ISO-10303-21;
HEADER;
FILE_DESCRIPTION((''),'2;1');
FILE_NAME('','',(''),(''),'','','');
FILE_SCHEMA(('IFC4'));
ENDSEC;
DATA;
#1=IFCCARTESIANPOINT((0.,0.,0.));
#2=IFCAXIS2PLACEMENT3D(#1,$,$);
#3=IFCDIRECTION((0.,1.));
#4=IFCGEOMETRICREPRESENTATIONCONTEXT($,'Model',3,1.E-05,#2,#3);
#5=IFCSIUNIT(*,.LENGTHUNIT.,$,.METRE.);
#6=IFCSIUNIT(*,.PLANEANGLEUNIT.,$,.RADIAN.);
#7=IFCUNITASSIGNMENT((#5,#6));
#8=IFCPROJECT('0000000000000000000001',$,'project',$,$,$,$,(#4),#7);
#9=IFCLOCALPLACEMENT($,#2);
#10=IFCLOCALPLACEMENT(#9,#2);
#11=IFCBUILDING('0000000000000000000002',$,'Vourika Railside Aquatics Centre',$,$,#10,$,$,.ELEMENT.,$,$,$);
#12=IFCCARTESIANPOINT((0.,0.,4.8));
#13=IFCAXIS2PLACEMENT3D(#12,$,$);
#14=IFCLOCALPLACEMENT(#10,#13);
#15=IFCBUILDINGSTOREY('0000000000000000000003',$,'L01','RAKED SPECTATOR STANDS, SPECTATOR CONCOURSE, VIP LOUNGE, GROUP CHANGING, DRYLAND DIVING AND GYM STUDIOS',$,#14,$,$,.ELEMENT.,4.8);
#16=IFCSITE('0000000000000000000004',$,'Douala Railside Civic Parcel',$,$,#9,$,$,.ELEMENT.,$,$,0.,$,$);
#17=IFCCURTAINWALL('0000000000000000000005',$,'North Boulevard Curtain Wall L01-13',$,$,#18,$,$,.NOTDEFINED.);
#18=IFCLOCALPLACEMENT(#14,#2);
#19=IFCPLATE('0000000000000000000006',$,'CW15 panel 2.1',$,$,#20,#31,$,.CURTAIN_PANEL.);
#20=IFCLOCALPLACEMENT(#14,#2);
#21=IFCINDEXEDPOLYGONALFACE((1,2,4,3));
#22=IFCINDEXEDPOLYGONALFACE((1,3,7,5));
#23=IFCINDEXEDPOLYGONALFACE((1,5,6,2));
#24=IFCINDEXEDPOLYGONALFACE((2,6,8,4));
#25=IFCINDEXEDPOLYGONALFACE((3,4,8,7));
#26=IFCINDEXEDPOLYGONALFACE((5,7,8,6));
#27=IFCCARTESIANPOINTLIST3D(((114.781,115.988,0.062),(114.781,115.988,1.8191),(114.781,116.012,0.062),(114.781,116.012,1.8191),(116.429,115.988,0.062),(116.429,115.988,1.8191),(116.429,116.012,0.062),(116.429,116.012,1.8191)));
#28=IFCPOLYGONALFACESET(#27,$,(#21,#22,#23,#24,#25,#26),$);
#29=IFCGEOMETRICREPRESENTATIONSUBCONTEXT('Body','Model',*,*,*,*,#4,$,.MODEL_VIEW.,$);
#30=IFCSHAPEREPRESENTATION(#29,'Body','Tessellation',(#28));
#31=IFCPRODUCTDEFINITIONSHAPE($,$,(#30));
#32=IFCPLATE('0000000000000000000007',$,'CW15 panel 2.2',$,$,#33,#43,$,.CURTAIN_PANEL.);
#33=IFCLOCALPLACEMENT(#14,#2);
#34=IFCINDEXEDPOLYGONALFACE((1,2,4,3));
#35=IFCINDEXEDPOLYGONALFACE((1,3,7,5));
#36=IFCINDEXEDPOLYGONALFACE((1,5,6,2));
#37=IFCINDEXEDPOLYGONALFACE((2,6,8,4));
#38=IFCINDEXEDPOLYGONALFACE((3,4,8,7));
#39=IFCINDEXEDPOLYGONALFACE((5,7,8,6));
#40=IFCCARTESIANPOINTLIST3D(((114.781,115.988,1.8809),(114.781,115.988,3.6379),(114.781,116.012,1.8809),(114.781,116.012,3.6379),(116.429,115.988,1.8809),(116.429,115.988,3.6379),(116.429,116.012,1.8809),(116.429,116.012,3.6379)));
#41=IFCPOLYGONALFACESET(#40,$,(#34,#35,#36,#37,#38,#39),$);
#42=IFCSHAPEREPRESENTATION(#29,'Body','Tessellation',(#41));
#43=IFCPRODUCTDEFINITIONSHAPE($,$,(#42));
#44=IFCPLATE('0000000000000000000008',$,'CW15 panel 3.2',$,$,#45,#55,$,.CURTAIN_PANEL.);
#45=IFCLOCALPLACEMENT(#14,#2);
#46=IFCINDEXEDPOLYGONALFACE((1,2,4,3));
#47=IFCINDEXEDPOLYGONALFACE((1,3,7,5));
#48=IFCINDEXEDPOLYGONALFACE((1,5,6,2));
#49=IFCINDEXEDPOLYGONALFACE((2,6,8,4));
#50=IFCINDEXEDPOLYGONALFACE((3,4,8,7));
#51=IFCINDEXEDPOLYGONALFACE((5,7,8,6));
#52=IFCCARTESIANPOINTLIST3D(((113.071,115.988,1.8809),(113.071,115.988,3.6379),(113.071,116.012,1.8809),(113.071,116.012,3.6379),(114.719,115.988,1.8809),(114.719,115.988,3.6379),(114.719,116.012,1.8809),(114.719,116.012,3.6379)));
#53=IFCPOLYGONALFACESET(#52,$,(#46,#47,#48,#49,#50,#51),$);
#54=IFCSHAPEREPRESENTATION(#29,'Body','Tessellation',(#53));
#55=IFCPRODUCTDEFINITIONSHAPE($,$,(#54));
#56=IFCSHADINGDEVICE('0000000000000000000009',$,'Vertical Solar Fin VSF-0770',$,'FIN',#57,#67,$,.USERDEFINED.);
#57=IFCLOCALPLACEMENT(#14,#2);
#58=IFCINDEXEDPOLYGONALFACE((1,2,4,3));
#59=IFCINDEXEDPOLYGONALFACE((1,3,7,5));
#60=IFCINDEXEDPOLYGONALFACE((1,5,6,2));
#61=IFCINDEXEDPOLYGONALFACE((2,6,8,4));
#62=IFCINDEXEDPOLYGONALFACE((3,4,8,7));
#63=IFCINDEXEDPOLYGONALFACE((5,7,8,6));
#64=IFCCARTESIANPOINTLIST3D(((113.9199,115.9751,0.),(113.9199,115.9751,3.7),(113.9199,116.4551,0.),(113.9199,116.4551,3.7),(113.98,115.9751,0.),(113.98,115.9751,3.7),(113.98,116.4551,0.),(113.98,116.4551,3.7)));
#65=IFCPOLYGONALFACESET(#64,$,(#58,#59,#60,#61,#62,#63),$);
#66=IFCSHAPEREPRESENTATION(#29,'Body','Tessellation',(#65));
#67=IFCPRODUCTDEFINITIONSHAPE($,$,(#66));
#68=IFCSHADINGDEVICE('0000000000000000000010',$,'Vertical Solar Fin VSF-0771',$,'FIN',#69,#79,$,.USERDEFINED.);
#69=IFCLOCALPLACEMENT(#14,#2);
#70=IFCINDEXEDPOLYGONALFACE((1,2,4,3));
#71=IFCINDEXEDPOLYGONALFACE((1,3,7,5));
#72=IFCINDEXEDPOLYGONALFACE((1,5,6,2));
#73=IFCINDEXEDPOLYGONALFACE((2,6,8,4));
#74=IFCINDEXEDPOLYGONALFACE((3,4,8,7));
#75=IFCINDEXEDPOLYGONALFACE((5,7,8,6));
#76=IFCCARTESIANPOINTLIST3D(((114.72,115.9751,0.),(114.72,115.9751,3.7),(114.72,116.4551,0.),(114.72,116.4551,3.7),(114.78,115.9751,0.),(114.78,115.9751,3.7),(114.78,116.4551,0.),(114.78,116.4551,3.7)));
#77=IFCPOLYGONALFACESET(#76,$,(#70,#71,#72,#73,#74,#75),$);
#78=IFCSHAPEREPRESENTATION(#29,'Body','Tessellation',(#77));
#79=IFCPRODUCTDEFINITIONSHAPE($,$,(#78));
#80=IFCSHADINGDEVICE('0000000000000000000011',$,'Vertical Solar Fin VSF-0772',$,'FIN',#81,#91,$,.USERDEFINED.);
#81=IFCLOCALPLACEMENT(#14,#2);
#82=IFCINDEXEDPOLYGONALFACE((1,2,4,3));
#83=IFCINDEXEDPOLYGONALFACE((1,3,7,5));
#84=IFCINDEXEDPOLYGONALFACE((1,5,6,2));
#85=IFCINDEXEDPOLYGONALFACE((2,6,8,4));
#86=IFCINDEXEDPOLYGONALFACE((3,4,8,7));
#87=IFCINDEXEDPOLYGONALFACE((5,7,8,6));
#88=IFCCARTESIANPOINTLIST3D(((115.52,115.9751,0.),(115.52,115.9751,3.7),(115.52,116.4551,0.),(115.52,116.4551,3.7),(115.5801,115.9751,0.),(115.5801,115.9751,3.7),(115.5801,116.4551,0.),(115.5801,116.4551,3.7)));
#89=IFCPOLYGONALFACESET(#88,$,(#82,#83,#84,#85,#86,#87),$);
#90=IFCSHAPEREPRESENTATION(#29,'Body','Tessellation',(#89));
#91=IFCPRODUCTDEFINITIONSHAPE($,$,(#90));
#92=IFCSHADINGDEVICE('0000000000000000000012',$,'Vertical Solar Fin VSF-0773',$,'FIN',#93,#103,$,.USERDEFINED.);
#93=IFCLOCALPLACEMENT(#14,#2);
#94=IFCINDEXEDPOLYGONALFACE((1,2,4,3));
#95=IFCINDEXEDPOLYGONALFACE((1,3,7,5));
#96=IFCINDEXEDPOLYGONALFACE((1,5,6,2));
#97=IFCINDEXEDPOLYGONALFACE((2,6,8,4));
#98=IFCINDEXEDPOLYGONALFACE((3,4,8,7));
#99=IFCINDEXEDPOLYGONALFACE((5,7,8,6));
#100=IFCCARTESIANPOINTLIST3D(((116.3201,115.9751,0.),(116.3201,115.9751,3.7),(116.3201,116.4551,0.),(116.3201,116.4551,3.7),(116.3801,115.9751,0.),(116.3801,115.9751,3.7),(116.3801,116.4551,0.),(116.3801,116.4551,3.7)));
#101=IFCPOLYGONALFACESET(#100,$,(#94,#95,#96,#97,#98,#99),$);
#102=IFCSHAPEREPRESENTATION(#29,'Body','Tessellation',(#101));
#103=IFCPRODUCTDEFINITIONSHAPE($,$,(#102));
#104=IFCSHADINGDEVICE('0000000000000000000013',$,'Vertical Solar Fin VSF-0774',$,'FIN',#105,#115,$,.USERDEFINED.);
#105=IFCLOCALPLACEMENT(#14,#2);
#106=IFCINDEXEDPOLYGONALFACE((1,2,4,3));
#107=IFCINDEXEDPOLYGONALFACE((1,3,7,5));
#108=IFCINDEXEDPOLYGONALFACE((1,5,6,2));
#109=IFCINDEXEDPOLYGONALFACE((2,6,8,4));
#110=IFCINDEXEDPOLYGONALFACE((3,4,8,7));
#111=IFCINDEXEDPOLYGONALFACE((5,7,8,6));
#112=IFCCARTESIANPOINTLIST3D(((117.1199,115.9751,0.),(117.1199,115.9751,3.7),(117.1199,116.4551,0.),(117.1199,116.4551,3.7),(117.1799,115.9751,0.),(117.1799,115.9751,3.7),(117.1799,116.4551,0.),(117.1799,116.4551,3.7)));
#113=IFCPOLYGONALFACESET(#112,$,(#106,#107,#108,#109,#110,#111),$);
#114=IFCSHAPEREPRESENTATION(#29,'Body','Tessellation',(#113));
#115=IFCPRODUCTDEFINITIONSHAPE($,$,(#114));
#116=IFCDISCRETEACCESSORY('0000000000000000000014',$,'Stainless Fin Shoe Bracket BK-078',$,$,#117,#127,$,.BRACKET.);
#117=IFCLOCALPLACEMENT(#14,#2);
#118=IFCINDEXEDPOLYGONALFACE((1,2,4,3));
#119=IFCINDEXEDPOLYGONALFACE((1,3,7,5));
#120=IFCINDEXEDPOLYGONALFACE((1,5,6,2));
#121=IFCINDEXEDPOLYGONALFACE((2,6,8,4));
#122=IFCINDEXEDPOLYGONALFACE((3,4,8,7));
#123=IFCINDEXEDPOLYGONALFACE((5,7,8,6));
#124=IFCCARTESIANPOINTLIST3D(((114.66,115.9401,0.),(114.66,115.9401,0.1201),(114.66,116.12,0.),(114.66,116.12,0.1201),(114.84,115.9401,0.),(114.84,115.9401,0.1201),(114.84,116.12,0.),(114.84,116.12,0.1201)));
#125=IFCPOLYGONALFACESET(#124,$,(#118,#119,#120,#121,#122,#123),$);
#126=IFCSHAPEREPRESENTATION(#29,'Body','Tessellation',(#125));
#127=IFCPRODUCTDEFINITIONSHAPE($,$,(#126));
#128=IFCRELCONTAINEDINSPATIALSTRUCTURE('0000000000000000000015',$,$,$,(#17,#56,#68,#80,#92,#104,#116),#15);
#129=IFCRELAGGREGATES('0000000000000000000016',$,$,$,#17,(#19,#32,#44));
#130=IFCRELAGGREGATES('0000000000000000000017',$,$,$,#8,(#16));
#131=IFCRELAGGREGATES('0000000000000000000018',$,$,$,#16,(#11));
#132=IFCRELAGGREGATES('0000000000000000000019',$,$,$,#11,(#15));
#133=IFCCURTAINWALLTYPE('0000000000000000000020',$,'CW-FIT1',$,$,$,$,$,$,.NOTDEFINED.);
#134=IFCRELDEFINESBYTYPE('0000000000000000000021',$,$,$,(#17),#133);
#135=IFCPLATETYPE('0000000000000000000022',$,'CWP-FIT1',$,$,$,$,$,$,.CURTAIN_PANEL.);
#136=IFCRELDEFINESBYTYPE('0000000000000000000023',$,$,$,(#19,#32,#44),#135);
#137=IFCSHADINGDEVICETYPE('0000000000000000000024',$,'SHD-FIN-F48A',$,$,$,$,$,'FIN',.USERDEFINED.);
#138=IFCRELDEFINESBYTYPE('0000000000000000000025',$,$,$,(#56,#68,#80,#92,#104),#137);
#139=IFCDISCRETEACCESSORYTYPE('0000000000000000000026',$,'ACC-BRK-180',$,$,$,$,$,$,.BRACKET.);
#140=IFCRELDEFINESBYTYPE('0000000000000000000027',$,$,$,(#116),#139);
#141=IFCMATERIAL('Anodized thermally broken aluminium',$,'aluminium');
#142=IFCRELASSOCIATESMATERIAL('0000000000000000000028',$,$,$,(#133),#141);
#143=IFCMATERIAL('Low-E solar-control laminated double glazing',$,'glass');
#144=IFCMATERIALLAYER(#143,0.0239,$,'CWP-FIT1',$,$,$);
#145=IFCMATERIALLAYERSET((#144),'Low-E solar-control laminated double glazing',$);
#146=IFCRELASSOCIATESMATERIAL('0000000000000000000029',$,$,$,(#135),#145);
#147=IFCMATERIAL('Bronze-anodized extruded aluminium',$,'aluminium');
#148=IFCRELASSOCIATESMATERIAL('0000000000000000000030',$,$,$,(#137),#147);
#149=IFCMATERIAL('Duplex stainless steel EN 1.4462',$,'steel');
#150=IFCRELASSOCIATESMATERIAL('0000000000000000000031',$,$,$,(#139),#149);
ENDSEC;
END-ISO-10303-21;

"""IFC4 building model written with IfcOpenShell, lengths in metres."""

from ifc_helpers import new_model, si_unit, direction, frame, origin, origin_2d, place, context, subcontext, project, spatial, rectangle, extrude, material, layer, layer_set, material_profile, profile_set, type_object, element, aggregate, save


model = new_model("IFC4")

# Units and contexts
model_context = context("Model", 3, precision=1e-05, world=origin(), true_north=direction((0.0, 1.0)))
body_context = subcontext(model_context, "Body", "Model", "MODEL_VIEW")
ifc_project = project(units=[si_unit("LENGTHUNIT", "METRE"), si_unit("PLANEANGLEUNIT", "RADIAN")], contexts=[model_context])

# Site, building, storey
site_placement = place(None, origin())
site = spatial("IfcSite", under=ifc_project, at=site_placement, Name="Douala Railside Civic Parcel", CompositionType="ELEMENT", RefElevation=0.0)
building_placement = place(site_placement, origin())
building = spatial("IfcBuilding", under=site, at=building_placement, Name="Vourika Railside Aquatics Centre", CompositionType="ELEMENT")
storey_placement = place(building_placement, frame((0.0, 0.0, 4.8)))
storey = spatial("IfcBuildingStorey", under=building, at=storey_placement, Name="L01", Description="RAKED SPECTATOR STANDS, SPECTATOR CONCOURSE, VIP LOUNGE, GROUP CHANGING, DRYLAND DIVING AND GYM STUDIOS", CompositionType="ELEMENT", Elevation=4.8)

# Curtain wall, plates
ifc_material_1 = material(Name="Anodized thermally broken aluminium", Category="aluminium")
curtain_wall_type = type_object("IfcCurtainWallType", Name="CW-FIT1", PredefinedType="NOTDEFINED", material=ifc_material_1)
curtain_wall_placement = place(storey_placement, origin())
curtain_wall = element("IfcCurtainWall", 1, at=curtain_wall_placement, inside=storey, type_object=curtain_wall_type, Name="North Boulevard Curtain Wall L01-13", PredefinedType="NOTDEFINED")
ifc_material_2 = material(Name="Low-E solar-control laminated double glazing", Category="glass")
ifc_layer = layer(ifc_material_2, 0.0239, Name="CWP-FIT1")
ifc_layer_set = layer_set([ifc_layer], Name="Low-E solar-control laminated double glazing")
plate_type = type_object("IfcPlateType", Name="CWP-FIT1", PredefinedType="CURTAIN_PANEL", material=ifc_layer_set)
plate_1_placement = place(storey_placement, frame((115.605, 116.0, 0.062), z_axis=(0.0, 0.0, 1.0), x_axis=(-1.0, 0.0, 0.0)))
plate_1 = element("IfcPlate", 2, at=plate_1_placement, type_object=plate_type, Name="CW15 panel 2.1", PredefinedType="CURTAIN_PANEL", context=body_context, shape_type="SweptSolid", body=[
    extrude(rectangle(XDim=1.6479, YDim=0.0239, at=origin_2d()), origin(), (0.0, 0.0, 1.0), 1.7571),
])
plate_2_placement = place(storey_placement, frame((115.605, 116.0, 1.8809), z_axis=(0.0, 0.0, 1.0), x_axis=(-1.0, 0.0, 0.0)))
plate_2 = element("IfcPlate", 3, at=plate_2_placement, type_object=plate_type, Name="CW15 panel 2.2", PredefinedType="CURTAIN_PANEL", context=body_context, shape_type="SweptSolid", body=[
    extrude(rectangle(XDim=1.6479, YDim=0.0239, at=origin_2d()), origin(), (0.0, 0.0, 1.0), 1.7571),
])
plate_3_placement = place(storey_placement, frame((113.895, 116.0, 1.8809), z_axis=(0.0, 0.0, 1.0), x_axis=(-1.0, 0.0, 0.0)))
plate_3 = element("IfcPlate", 4, at=plate_3_placement, type_object=plate_type, Name="CW15 panel 3.2", PredefinedType="CURTAIN_PANEL", context=body_context, shape_type="SweptSolid", body=[
    extrude(rectangle(XDim=1.6479, YDim=0.0239, at=origin_2d()), origin(), (0.0, 0.0, 1.0), 1.7571),
])
aggregate(curtain_wall, [plate_1, plate_2, plate_3])

# Shading devices
ifc_material_3 = material(Name="Bronze-anodized extruded aluminium", Category="aluminium")
ifc_material_profile_1 = material_profile(ifc_material_3, rectangle(XDim=0.0601, YDim=0.48, at=origin_2d()), Name="ALU-FIN 60x480")
ifc_profile_set_1 = profile_set([ifc_material_profile_1], Name="Bronze-anodized extruded aluminium")
shading_device_type = type_object("IfcShadingDeviceType", Name="SHD-FIN-F48A", ElementType="FIN", PredefinedType="USERDEFINED", material=ifc_profile_set_1)
for number, where, z_axis, x_axis, name in (
    (5, (113.95, 116.2151, 0.0), (0.0, 0.0, 1.0), (1.0, 0.0, 0.0), "Vertical Solar Fin VSF-0770"),
    (6, (114.75, 116.2151, 0.0), (0.0, 0.0, 1.0), (1.0, 0.0, 0.0), "Vertical Solar Fin VSF-0771"),
    (7, (115.55, 116.2151, 0.0), (0.0, 0.0, 1.0), (1.0, 0.0, 0.0), "Vertical Solar Fin VSF-0772"),
    (8, (116.3501, 116.2151, 0.0), (0.0, 0.0, 1.0), (1.0, 0.0, 0.0), "Vertical Solar Fin VSF-0773"),
    (9, (117.1499, 116.2151, 0.0), (0.0, 0.0, 1.0), (1.0, 0.0, 0.0), "Vertical Solar Fin VSF-0774"),
):
    element("IfcShadingDevice", number, at=place(storey_placement, frame(where, z_axis=z_axis, x_axis=x_axis)), inside=storey, type_object=shading_device_type, Name=name, ObjectType="FIN", PredefinedType="USERDEFINED", context=body_context, shape_type="SweptSolid", body=[
        extrude(rectangle(XDim=0.0601, YDim=0.48, at=origin_2d()), origin(), (0.0, 0.0, 1.0), 3.7),
    ])

# Discrete accessory
ifc_material_4 = material(Name="Duplex stainless steel EN 1.4462", Category="steel")
discrete_accessory_type = type_object("IfcDiscreteAccessoryType", Name="ACC-BRK-180", PredefinedType="BRACKET", material=ifc_material_4)
discrete_accessory_placement = place(storey_placement, frame((114.75, 116.03, 0.0), z_axis=(0.0, 0.0, 1.0), x_axis=(0.0, 1.0, 0.0)))
element("IfcDiscreteAccessory", 10, at=discrete_accessory_placement, inside=storey, type_object=discrete_accessory_type, Name="Stainless Fin Shoe Bracket BK-078", PredefinedType="BRACKET", context=body_context, shape_type="SweptSolid", body=[
    extrude(rectangle(XDim=0.1799, YDim=0.1799, at=origin_2d()), origin(), (0.0, 0.0, 1.0), 0.1201),
])

save(model, "model.ifc")
